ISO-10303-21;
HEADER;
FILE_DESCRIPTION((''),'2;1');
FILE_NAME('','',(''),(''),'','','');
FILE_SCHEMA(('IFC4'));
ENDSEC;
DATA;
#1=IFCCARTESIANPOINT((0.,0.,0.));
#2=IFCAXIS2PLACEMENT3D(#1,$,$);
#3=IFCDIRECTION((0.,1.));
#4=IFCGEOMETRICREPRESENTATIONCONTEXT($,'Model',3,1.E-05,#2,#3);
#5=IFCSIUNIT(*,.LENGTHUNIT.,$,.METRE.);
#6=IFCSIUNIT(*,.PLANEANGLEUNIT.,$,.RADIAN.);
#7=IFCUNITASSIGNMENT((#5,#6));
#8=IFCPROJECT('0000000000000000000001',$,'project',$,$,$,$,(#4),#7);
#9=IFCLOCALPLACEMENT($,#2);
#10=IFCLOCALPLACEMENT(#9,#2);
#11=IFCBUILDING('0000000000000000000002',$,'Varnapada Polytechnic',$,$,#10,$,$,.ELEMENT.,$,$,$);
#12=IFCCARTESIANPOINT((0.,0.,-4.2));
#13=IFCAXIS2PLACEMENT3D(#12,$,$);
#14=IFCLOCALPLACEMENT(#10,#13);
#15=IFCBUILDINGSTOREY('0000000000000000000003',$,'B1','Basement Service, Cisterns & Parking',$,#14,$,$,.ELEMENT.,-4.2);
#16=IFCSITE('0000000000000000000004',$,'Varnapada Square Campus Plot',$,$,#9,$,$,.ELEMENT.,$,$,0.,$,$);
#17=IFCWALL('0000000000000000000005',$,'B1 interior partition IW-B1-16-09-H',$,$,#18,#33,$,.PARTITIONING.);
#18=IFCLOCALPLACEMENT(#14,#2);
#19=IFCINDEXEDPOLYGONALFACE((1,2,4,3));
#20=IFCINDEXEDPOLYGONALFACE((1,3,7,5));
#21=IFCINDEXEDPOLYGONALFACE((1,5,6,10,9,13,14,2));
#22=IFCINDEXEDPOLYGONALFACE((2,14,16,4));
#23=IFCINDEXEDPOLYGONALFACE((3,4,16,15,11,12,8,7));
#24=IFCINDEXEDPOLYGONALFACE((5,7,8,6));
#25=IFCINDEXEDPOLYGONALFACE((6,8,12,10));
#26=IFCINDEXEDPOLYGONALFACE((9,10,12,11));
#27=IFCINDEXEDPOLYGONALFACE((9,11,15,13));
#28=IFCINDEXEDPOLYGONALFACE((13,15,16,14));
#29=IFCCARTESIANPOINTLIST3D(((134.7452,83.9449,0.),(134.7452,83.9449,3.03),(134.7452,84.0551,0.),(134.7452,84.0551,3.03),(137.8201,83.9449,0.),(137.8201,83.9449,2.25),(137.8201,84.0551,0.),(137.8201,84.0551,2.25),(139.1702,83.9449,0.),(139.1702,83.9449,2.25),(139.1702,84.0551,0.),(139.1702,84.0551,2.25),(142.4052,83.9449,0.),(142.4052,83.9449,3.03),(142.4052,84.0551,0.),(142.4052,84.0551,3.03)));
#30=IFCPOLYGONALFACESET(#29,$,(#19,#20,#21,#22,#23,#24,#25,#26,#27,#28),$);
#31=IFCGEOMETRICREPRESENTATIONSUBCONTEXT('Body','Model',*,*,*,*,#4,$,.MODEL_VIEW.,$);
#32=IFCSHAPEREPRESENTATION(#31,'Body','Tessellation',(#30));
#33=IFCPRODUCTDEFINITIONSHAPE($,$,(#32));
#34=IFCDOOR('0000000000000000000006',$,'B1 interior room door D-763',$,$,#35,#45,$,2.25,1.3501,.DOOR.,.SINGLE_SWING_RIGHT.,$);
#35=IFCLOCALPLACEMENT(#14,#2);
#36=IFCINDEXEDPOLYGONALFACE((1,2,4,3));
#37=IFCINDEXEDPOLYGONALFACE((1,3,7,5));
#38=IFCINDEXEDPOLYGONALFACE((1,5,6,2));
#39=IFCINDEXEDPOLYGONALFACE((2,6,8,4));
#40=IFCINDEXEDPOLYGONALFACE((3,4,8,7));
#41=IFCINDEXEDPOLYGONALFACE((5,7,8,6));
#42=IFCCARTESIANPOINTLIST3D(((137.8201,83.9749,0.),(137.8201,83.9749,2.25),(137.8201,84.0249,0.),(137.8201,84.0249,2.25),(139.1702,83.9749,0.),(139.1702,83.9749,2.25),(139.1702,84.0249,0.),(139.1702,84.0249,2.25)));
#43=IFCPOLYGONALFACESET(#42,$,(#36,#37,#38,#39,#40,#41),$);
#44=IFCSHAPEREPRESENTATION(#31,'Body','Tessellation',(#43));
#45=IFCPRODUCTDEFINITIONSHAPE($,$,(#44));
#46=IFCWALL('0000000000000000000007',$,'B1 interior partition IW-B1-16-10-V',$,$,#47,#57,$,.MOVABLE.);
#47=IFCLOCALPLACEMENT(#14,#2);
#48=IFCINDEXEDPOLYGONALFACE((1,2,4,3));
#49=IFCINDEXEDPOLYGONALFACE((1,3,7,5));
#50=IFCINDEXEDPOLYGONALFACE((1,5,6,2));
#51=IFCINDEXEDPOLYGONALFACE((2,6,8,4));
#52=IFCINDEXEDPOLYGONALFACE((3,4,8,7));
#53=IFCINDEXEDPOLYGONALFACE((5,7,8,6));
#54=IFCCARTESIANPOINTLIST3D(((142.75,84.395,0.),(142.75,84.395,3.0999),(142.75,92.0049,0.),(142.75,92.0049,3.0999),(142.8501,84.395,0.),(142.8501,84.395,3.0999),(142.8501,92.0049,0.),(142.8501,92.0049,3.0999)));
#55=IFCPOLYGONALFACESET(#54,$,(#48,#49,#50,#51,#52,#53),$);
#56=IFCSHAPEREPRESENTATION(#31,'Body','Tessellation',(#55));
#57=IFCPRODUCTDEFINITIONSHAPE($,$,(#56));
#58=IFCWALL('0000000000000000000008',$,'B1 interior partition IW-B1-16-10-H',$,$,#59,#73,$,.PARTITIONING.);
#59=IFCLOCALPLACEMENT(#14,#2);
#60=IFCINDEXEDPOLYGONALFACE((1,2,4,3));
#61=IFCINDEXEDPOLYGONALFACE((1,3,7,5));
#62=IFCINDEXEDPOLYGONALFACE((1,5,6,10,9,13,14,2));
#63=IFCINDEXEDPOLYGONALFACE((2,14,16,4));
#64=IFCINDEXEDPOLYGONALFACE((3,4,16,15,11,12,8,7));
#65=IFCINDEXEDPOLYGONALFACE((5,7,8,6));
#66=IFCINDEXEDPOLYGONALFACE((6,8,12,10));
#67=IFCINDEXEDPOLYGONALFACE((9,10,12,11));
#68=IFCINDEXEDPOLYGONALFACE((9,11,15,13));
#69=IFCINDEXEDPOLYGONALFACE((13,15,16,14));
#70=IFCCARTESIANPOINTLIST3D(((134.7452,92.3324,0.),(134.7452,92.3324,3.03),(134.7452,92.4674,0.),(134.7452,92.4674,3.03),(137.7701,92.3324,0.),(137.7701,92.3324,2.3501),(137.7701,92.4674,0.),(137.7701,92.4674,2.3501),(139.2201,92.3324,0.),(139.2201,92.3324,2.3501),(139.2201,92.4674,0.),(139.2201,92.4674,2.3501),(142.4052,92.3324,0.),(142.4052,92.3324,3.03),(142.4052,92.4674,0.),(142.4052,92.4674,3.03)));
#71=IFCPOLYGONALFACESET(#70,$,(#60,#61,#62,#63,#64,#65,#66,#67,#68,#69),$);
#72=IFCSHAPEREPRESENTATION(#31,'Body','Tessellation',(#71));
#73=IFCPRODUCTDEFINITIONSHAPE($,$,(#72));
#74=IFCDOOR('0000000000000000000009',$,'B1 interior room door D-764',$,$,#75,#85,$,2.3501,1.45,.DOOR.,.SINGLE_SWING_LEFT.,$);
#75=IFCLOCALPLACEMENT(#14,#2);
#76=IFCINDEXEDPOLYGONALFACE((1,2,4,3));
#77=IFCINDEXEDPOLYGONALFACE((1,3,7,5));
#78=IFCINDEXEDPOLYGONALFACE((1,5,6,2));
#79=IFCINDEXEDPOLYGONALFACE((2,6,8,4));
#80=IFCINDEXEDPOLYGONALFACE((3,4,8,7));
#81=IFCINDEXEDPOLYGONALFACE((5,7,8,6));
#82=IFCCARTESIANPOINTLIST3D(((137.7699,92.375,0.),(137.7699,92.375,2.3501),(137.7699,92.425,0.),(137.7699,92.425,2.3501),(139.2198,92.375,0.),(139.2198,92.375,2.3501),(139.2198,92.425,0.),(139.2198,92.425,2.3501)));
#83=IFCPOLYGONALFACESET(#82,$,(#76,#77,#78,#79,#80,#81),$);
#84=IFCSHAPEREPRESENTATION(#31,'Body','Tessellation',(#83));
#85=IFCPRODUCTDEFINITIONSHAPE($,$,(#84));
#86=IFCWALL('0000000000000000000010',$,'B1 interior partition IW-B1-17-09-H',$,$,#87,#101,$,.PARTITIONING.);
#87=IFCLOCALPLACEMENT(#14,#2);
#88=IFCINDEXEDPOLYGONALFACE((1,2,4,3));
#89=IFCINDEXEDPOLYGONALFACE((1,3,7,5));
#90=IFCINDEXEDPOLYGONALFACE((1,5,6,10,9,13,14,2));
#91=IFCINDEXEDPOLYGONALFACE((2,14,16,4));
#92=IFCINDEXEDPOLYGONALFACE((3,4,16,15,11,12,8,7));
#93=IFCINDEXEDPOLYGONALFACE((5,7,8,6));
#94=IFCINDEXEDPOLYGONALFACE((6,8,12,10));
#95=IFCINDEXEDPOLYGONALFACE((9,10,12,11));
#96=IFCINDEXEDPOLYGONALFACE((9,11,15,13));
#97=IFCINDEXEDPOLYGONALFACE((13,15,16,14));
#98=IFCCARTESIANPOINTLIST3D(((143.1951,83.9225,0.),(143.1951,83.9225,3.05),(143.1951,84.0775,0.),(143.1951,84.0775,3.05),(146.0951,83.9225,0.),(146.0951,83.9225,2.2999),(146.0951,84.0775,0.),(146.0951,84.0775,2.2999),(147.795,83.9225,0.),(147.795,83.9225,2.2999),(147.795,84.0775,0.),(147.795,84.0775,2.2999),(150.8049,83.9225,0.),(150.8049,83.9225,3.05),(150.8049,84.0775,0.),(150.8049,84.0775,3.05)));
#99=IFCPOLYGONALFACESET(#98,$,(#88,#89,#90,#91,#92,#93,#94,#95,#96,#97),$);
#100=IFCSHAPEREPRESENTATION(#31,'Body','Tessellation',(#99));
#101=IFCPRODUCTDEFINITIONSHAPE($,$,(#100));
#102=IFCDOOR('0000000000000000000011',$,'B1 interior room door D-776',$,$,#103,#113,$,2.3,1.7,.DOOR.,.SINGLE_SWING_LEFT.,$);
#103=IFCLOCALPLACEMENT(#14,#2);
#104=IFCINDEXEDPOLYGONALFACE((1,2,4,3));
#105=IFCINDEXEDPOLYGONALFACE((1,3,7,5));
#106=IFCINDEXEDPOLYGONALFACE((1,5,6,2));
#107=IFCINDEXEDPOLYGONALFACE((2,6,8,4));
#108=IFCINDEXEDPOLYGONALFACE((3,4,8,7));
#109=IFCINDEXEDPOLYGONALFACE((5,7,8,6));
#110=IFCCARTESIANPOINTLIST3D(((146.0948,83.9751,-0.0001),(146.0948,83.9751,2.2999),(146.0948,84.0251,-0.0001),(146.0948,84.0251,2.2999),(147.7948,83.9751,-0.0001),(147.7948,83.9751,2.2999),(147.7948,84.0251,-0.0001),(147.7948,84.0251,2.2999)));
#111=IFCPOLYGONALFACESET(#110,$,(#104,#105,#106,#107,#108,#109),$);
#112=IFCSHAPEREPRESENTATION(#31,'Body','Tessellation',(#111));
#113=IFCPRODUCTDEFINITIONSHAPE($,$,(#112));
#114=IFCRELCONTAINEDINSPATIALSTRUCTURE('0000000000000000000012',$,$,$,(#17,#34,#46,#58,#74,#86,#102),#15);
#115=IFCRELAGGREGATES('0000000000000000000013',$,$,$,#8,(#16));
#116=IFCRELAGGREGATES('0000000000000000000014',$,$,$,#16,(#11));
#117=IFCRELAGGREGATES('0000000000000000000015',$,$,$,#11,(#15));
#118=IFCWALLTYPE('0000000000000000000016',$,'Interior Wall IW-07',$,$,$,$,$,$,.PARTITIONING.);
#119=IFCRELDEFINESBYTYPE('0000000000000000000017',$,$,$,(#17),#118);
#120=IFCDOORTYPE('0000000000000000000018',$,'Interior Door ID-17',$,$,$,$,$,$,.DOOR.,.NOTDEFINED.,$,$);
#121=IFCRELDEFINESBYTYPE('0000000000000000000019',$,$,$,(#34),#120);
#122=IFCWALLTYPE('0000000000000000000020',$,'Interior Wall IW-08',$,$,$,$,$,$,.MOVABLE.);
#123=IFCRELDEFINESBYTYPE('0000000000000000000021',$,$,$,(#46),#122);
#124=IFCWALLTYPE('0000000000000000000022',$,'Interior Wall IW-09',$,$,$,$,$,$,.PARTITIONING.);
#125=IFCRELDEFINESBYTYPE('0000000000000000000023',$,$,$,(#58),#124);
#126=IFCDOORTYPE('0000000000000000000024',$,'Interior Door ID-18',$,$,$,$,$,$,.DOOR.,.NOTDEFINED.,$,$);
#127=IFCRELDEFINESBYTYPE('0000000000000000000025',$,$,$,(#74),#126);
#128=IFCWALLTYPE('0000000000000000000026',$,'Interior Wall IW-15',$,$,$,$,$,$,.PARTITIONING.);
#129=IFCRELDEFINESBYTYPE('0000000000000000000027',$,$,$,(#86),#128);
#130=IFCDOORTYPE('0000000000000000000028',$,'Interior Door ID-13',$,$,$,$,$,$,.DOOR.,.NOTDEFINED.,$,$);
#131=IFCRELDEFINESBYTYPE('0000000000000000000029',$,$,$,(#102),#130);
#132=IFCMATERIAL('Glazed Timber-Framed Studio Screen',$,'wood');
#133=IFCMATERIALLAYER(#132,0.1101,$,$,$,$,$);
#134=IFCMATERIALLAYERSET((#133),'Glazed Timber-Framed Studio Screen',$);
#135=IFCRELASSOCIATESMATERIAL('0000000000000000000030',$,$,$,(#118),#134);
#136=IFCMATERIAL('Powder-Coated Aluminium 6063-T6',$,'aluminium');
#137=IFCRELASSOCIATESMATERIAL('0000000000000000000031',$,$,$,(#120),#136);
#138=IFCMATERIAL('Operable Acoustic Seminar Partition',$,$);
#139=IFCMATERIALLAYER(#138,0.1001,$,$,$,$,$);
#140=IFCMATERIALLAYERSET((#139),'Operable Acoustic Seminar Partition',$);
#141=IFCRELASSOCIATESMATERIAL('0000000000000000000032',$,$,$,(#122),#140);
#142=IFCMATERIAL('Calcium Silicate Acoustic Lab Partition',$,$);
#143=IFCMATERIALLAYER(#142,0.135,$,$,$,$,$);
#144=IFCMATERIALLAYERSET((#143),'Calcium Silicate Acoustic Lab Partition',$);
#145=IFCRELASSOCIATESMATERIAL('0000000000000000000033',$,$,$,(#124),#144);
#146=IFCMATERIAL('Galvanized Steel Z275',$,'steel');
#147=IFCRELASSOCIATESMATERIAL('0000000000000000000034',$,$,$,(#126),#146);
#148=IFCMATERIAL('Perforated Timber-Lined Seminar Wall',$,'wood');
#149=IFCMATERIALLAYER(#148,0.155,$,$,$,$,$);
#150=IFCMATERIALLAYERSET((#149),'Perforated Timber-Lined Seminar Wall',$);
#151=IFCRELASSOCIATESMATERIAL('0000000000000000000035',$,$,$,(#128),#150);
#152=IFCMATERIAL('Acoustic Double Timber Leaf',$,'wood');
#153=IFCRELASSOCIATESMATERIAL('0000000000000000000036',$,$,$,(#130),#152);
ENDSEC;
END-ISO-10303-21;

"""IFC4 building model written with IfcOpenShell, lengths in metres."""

from ifc_helpers import new_model, si_unit, direction, frame, frame_2d, origin, place, context, subcontext, project, spatial, rectangle, extrude, material, layer, layer_set, type_object, element, fill, save


model = new_model("IFC4")

# Units and contexts
model_context = context("Model", 3, precision=1e-05, world=origin(), true_north=direction((0.0, 1.0)))
body_context = subcontext(model_context, "Body", "Model", "MODEL_VIEW")
ifc_project = project(units=[si_unit("LENGTHUNIT", "METRE"), si_unit("PLANEANGLEUNIT", "RADIAN")], contexts=[model_context])

# Site, building, storey
site_placement = place(None, origin())
site = spatial("IfcSite", under=ifc_project, at=site_placement, Name="Varnapada Square Campus Plot", CompositionType="ELEMENT", RefElevation=0.0)
building_placement = place(site_placement, origin())
building = spatial("IfcBuilding", under=site, at=building_placement, Name="Varnapada Polytechnic", CompositionType="ELEMENT")
storey_placement = place(building_placement, frame((0.0, 0.0, -4.2)))
storey = spatial("IfcBuildingStorey", under=building, at=storey_placement, Name="B1", Description="Basement Service, Cisterns & Parking", CompositionType="ELEMENT", Elevation=-4.2)

# Wall, opening, door
ifc_material_1 = material(Name="Glazed Timber-Framed Studio Screen", Category="wood")
ifc_layer_1 = layer(ifc_material_1, 0.1101)
ifc_layer_set_1 = layer_set([ifc_layer_1], Name="Glazed Timber-Framed Studio Screen")
wall_type_1 = type_object("IfcWallType", Name="Interior Wall IW-07", PredefinedType="PARTITIONING", material=ifc_layer_set_1)
wall_1_placement = place(storey_placement, frame((134.7451, 84.0, 0.0), z_axis=(0.0, 0.0, 1.0), x_axis=(1.0, 0.0, 0.0)))
wall_1 = element("IfcWall", 1, at=wall_1_placement, inside=storey, type_object=wall_type_1, Name="B1 interior partition IW-B1-16-09-H", PredefinedType="PARTITIONING", context=body_context, shape_type="SweptSolid", body=[
    extrude(rectangle(XDim=7.6599, YDim=0.1101, at=frame_2d((3.8301, 0.0))), origin(), (0.0, 0.0, 1.0), 3.03),
])
opening_1_placement = place(wall_1_placement, frame((3.075, 0.0, 0.0)))
opening_1 = element("IfcOpeningElement", 2, at=opening_1_placement, cuts=wall_1, PredefinedType="OPENING", context=body_context, shape_type="SweptSolid", body=[
    extrude(rectangle(XDim=1.3501, YDim=2.25, at=frame_2d((0.675, 1.125))), frame((0.0, 0.0649, 0.0), z_axis=(0.0, -1.0, 0.0), x_axis=(1.0, 0.0, 0.0)), (0.0, 0.0, 1.0), 0.1301),
])
ifc_material_2 = material(Name="Powder-Coated Aluminium 6063-T6", Category="aluminium")
door_type_1 = type_object("IfcDoorType", Name="Interior Door ID-17", OperationType="NOTDEFINED", PredefinedType="DOOR", material=ifc_material_2)
door_1_placement = place(opening_1_placement, origin())
door_1 = element("IfcDoor", 3, at=door_1_placement, inside=storey, type_object=door_type_1, Name="B1 interior room door D-763", OperationType="SINGLE_SWING_RIGHT", OverallHeight=2.25, OverallWidth=1.3501, PredefinedType="DOOR", context=body_context, shape_type="SweptSolid", body=[
    extrude(rectangle(XDim=1.3501, YDim=2.25, at=frame_2d((0.675, 1.125))), frame((0.0, 0.0249, 0.0), z_axis=(0.0, -1.0, 0.0), x_axis=(1.0, 0.0, 0.0)), (0.0, 0.0, 1.0), 0.05),
])
fill(opening_1, door_1)

# Wall
ifc_material_3 = material(Name="Operable Acoustic Seminar Partition")
ifc_layer_2 = layer(ifc_material_3, 0.1001)
ifc_layer_set_2 = layer_set([ifc_layer_2], Name="Operable Acoustic Seminar Partition")
wall_type_2 = type_object("IfcWallType", Name="Interior Wall IW-08", PredefinedType="MOVABLE", material=ifc_layer_set_2)
wall_2_placement = place(storey_placement, frame((142.8, 84.395, 0.0), z_axis=(0.0, 0.0, 1.0), x_axis=(0.0, 1.0, 0.0)))
element("IfcWall", 4, at=wall_2_placement, inside=storey, type_object=wall_type_2, Name="B1 interior partition IW-B1-16-10-V", PredefinedType="MOVABLE", context=body_context, shape_type="SweptSolid", body=[
    extrude(rectangle(XDim=7.6099, YDim=0.1001, at=frame_2d((3.8049, 0.0))), origin(), (0.0, 0.0, 1.0), 3.0999),
])

# Walls, openings, doors
ifc_material_4 = material(Name="Calcium Silicate Acoustic Lab Partition")
ifc_layer_3 = layer(ifc_material_4, 0.135)
ifc_layer_set_3 = layer_set([ifc_layer_3], Name="Calcium Silicate Acoustic Lab Partition")
wall_type_3 = type_object("IfcWallType", Name="Interior Wall IW-09", PredefinedType="PARTITIONING", material=ifc_layer_set_3)
wall_3_placement = place(storey_placement, frame((134.7451, 92.3999, 0.0), z_axis=(0.0, 0.0, 1.0), x_axis=(1.0, 0.0, 0.0)))
wall_3 = element("IfcWall", 5, at=wall_3_placement, inside=storey, type_object=wall_type_3, Name="B1 interior partition IW-B1-16-10-H", PredefinedType="PARTITIONING", context=body_context, shape_type="SweptSolid", body=[
    extrude(rectangle(XDim=7.6599, YDim=0.135, at=frame_2d((3.8301, 0.0))), origin(), (0.0, 0.0, 1.0), 3.03),
])
opening_2_placement = place(wall_3_placement, frame((3.0249, 0.0, 0.0)))
opening_2 = element("IfcOpeningElement", 6, at=opening_2_placement, cuts=wall_3, PredefinedType="OPENING", context=body_context, shape_type="SweptSolid", body=[
    extrude(rectangle(XDim=1.45, YDim=2.3501, at=frame_2d((0.7251, 1.175))), frame((0.0, 0.0774, 0.0), z_axis=(0.0, -1.0, 0.0), x_axis=(1.0, 0.0, 0.0)), (0.0, 0.0, 1.0), 0.155),
])
ifc_material_5 = material(Name="Galvanized Steel Z275", Category="steel")
door_type_2 = type_object("IfcDoorType", Name="Interior Door ID-18", OperationType="NOTDEFINED", PredefinedType="DOOR", material=ifc_material_5)
door_2_placement = place(opening_2_placement, frame((1.45, 0.0, 0.0), z_axis=(0.0, 0.0, 1.0), x_axis=(-1.0, 0.0, 0.0)))
door_2 = element("IfcDoor", 7, at=door_2_placement, inside=storey, type_object=door_type_2, Name="B1 interior room door D-764", OperationType="SINGLE_SWING_LEFT", OverallHeight=2.3501, OverallWidth=1.45, PredefinedType="DOOR", context=body_context, shape_type="SweptSolid", body=[
    extrude(rectangle(XDim=1.45, YDim=2.3501, at=frame_2d((0.7251, 1.175))), frame((0.0, 0.0249, 0.0), z_axis=(0.0, -1.0, 0.0), x_axis=(1.0, 0.0, 0.0)), (0.0, 0.0, 1.0), 0.05),
])
fill(opening_2, door_2)
ifc_material_6 = material(Name="Perforated Timber-Lined Seminar Wall", Category="wood")
ifc_layer_4 = layer(ifc_material_6, 0.155)
ifc_layer_set_4 = layer_set([ifc_layer_4], Name="Perforated Timber-Lined Seminar Wall")
wall_type_4 = type_object("IfcWallType", Name="Interior Wall IW-15", PredefinedType="PARTITIONING", material=ifc_layer_set_4)
wall_4_placement = place(storey_placement, frame((143.1951, 84.0, 0.0), z_axis=(0.0, 0.0, 1.0), x_axis=(1.0, 0.0, 0.0)))
wall_4 = element("IfcWall", 8, at=wall_4_placement, inside=storey, type_object=wall_type_4, Name="B1 interior partition IW-B1-17-09-H", PredefinedType="PARTITIONING", context=body_context, shape_type="SweptSolid", body=[
    extrude(rectangle(XDim=7.6099, YDim=0.155, at=frame_2d((3.8049, 0.0))), origin(), (0.0, 0.0, 1.0), 3.05),
])
opening_3_placement = place(wall_4_placement, frame((2.8999, 0.0, 0.0)))
opening_3 = element("IfcOpeningElement", 9, at=opening_3_placement, cuts=wall_4, PredefinedType="OPENING", context=body_context, shape_type="SweptSolid", body=[
    extrude(rectangle(XDim=1.7, YDim=2.3, at=frame_2d((0.8501, 1.1499))), frame((0.0, 0.0874, 0.0), z_axis=(0.0, -1.0, 0.0), x_axis=(1.0, 0.0, 0.0)), (0.0, 0.0, 1.0), 0.175),
])
ifc_material_7 = material(Name="Acoustic Double Timber Leaf", Category="wood")
door_type_3 = type_object("IfcDoorType", Name="Interior Door ID-13", OperationType="NOTDEFINED", PredefinedType="DOOR", material=ifc_material_7)
door_3_placement = place(opening_3_placement, frame((1.7, 0.0, 0.0), z_axis=(0.0, 0.0, 1.0), x_axis=(-1.0, 0.0, 0.0)))
door_3 = element("IfcDoor", 10, at=door_3_placement, inside=storey, type_object=door_type_3, Name="B1 interior room door D-776", OperationType="SINGLE_SWING_LEFT", OverallHeight=2.3, OverallWidth=1.7, PredefinedType="DOOR", context=body_context, shape_type="SweptSolid", body=[
    extrude(rectangle(XDim=1.7, YDim=2.3, at=frame_2d((0.8501, 1.1499))), frame((0.0, 0.0249, 0.0), z_axis=(0.0, -1.0, 0.0), x_axis=(1.0, 0.0, 0.0)), (0.0, 0.0, 1.0), 0.05),
])
fill(opening_3, door_3)

save(model, "model.ifc")
